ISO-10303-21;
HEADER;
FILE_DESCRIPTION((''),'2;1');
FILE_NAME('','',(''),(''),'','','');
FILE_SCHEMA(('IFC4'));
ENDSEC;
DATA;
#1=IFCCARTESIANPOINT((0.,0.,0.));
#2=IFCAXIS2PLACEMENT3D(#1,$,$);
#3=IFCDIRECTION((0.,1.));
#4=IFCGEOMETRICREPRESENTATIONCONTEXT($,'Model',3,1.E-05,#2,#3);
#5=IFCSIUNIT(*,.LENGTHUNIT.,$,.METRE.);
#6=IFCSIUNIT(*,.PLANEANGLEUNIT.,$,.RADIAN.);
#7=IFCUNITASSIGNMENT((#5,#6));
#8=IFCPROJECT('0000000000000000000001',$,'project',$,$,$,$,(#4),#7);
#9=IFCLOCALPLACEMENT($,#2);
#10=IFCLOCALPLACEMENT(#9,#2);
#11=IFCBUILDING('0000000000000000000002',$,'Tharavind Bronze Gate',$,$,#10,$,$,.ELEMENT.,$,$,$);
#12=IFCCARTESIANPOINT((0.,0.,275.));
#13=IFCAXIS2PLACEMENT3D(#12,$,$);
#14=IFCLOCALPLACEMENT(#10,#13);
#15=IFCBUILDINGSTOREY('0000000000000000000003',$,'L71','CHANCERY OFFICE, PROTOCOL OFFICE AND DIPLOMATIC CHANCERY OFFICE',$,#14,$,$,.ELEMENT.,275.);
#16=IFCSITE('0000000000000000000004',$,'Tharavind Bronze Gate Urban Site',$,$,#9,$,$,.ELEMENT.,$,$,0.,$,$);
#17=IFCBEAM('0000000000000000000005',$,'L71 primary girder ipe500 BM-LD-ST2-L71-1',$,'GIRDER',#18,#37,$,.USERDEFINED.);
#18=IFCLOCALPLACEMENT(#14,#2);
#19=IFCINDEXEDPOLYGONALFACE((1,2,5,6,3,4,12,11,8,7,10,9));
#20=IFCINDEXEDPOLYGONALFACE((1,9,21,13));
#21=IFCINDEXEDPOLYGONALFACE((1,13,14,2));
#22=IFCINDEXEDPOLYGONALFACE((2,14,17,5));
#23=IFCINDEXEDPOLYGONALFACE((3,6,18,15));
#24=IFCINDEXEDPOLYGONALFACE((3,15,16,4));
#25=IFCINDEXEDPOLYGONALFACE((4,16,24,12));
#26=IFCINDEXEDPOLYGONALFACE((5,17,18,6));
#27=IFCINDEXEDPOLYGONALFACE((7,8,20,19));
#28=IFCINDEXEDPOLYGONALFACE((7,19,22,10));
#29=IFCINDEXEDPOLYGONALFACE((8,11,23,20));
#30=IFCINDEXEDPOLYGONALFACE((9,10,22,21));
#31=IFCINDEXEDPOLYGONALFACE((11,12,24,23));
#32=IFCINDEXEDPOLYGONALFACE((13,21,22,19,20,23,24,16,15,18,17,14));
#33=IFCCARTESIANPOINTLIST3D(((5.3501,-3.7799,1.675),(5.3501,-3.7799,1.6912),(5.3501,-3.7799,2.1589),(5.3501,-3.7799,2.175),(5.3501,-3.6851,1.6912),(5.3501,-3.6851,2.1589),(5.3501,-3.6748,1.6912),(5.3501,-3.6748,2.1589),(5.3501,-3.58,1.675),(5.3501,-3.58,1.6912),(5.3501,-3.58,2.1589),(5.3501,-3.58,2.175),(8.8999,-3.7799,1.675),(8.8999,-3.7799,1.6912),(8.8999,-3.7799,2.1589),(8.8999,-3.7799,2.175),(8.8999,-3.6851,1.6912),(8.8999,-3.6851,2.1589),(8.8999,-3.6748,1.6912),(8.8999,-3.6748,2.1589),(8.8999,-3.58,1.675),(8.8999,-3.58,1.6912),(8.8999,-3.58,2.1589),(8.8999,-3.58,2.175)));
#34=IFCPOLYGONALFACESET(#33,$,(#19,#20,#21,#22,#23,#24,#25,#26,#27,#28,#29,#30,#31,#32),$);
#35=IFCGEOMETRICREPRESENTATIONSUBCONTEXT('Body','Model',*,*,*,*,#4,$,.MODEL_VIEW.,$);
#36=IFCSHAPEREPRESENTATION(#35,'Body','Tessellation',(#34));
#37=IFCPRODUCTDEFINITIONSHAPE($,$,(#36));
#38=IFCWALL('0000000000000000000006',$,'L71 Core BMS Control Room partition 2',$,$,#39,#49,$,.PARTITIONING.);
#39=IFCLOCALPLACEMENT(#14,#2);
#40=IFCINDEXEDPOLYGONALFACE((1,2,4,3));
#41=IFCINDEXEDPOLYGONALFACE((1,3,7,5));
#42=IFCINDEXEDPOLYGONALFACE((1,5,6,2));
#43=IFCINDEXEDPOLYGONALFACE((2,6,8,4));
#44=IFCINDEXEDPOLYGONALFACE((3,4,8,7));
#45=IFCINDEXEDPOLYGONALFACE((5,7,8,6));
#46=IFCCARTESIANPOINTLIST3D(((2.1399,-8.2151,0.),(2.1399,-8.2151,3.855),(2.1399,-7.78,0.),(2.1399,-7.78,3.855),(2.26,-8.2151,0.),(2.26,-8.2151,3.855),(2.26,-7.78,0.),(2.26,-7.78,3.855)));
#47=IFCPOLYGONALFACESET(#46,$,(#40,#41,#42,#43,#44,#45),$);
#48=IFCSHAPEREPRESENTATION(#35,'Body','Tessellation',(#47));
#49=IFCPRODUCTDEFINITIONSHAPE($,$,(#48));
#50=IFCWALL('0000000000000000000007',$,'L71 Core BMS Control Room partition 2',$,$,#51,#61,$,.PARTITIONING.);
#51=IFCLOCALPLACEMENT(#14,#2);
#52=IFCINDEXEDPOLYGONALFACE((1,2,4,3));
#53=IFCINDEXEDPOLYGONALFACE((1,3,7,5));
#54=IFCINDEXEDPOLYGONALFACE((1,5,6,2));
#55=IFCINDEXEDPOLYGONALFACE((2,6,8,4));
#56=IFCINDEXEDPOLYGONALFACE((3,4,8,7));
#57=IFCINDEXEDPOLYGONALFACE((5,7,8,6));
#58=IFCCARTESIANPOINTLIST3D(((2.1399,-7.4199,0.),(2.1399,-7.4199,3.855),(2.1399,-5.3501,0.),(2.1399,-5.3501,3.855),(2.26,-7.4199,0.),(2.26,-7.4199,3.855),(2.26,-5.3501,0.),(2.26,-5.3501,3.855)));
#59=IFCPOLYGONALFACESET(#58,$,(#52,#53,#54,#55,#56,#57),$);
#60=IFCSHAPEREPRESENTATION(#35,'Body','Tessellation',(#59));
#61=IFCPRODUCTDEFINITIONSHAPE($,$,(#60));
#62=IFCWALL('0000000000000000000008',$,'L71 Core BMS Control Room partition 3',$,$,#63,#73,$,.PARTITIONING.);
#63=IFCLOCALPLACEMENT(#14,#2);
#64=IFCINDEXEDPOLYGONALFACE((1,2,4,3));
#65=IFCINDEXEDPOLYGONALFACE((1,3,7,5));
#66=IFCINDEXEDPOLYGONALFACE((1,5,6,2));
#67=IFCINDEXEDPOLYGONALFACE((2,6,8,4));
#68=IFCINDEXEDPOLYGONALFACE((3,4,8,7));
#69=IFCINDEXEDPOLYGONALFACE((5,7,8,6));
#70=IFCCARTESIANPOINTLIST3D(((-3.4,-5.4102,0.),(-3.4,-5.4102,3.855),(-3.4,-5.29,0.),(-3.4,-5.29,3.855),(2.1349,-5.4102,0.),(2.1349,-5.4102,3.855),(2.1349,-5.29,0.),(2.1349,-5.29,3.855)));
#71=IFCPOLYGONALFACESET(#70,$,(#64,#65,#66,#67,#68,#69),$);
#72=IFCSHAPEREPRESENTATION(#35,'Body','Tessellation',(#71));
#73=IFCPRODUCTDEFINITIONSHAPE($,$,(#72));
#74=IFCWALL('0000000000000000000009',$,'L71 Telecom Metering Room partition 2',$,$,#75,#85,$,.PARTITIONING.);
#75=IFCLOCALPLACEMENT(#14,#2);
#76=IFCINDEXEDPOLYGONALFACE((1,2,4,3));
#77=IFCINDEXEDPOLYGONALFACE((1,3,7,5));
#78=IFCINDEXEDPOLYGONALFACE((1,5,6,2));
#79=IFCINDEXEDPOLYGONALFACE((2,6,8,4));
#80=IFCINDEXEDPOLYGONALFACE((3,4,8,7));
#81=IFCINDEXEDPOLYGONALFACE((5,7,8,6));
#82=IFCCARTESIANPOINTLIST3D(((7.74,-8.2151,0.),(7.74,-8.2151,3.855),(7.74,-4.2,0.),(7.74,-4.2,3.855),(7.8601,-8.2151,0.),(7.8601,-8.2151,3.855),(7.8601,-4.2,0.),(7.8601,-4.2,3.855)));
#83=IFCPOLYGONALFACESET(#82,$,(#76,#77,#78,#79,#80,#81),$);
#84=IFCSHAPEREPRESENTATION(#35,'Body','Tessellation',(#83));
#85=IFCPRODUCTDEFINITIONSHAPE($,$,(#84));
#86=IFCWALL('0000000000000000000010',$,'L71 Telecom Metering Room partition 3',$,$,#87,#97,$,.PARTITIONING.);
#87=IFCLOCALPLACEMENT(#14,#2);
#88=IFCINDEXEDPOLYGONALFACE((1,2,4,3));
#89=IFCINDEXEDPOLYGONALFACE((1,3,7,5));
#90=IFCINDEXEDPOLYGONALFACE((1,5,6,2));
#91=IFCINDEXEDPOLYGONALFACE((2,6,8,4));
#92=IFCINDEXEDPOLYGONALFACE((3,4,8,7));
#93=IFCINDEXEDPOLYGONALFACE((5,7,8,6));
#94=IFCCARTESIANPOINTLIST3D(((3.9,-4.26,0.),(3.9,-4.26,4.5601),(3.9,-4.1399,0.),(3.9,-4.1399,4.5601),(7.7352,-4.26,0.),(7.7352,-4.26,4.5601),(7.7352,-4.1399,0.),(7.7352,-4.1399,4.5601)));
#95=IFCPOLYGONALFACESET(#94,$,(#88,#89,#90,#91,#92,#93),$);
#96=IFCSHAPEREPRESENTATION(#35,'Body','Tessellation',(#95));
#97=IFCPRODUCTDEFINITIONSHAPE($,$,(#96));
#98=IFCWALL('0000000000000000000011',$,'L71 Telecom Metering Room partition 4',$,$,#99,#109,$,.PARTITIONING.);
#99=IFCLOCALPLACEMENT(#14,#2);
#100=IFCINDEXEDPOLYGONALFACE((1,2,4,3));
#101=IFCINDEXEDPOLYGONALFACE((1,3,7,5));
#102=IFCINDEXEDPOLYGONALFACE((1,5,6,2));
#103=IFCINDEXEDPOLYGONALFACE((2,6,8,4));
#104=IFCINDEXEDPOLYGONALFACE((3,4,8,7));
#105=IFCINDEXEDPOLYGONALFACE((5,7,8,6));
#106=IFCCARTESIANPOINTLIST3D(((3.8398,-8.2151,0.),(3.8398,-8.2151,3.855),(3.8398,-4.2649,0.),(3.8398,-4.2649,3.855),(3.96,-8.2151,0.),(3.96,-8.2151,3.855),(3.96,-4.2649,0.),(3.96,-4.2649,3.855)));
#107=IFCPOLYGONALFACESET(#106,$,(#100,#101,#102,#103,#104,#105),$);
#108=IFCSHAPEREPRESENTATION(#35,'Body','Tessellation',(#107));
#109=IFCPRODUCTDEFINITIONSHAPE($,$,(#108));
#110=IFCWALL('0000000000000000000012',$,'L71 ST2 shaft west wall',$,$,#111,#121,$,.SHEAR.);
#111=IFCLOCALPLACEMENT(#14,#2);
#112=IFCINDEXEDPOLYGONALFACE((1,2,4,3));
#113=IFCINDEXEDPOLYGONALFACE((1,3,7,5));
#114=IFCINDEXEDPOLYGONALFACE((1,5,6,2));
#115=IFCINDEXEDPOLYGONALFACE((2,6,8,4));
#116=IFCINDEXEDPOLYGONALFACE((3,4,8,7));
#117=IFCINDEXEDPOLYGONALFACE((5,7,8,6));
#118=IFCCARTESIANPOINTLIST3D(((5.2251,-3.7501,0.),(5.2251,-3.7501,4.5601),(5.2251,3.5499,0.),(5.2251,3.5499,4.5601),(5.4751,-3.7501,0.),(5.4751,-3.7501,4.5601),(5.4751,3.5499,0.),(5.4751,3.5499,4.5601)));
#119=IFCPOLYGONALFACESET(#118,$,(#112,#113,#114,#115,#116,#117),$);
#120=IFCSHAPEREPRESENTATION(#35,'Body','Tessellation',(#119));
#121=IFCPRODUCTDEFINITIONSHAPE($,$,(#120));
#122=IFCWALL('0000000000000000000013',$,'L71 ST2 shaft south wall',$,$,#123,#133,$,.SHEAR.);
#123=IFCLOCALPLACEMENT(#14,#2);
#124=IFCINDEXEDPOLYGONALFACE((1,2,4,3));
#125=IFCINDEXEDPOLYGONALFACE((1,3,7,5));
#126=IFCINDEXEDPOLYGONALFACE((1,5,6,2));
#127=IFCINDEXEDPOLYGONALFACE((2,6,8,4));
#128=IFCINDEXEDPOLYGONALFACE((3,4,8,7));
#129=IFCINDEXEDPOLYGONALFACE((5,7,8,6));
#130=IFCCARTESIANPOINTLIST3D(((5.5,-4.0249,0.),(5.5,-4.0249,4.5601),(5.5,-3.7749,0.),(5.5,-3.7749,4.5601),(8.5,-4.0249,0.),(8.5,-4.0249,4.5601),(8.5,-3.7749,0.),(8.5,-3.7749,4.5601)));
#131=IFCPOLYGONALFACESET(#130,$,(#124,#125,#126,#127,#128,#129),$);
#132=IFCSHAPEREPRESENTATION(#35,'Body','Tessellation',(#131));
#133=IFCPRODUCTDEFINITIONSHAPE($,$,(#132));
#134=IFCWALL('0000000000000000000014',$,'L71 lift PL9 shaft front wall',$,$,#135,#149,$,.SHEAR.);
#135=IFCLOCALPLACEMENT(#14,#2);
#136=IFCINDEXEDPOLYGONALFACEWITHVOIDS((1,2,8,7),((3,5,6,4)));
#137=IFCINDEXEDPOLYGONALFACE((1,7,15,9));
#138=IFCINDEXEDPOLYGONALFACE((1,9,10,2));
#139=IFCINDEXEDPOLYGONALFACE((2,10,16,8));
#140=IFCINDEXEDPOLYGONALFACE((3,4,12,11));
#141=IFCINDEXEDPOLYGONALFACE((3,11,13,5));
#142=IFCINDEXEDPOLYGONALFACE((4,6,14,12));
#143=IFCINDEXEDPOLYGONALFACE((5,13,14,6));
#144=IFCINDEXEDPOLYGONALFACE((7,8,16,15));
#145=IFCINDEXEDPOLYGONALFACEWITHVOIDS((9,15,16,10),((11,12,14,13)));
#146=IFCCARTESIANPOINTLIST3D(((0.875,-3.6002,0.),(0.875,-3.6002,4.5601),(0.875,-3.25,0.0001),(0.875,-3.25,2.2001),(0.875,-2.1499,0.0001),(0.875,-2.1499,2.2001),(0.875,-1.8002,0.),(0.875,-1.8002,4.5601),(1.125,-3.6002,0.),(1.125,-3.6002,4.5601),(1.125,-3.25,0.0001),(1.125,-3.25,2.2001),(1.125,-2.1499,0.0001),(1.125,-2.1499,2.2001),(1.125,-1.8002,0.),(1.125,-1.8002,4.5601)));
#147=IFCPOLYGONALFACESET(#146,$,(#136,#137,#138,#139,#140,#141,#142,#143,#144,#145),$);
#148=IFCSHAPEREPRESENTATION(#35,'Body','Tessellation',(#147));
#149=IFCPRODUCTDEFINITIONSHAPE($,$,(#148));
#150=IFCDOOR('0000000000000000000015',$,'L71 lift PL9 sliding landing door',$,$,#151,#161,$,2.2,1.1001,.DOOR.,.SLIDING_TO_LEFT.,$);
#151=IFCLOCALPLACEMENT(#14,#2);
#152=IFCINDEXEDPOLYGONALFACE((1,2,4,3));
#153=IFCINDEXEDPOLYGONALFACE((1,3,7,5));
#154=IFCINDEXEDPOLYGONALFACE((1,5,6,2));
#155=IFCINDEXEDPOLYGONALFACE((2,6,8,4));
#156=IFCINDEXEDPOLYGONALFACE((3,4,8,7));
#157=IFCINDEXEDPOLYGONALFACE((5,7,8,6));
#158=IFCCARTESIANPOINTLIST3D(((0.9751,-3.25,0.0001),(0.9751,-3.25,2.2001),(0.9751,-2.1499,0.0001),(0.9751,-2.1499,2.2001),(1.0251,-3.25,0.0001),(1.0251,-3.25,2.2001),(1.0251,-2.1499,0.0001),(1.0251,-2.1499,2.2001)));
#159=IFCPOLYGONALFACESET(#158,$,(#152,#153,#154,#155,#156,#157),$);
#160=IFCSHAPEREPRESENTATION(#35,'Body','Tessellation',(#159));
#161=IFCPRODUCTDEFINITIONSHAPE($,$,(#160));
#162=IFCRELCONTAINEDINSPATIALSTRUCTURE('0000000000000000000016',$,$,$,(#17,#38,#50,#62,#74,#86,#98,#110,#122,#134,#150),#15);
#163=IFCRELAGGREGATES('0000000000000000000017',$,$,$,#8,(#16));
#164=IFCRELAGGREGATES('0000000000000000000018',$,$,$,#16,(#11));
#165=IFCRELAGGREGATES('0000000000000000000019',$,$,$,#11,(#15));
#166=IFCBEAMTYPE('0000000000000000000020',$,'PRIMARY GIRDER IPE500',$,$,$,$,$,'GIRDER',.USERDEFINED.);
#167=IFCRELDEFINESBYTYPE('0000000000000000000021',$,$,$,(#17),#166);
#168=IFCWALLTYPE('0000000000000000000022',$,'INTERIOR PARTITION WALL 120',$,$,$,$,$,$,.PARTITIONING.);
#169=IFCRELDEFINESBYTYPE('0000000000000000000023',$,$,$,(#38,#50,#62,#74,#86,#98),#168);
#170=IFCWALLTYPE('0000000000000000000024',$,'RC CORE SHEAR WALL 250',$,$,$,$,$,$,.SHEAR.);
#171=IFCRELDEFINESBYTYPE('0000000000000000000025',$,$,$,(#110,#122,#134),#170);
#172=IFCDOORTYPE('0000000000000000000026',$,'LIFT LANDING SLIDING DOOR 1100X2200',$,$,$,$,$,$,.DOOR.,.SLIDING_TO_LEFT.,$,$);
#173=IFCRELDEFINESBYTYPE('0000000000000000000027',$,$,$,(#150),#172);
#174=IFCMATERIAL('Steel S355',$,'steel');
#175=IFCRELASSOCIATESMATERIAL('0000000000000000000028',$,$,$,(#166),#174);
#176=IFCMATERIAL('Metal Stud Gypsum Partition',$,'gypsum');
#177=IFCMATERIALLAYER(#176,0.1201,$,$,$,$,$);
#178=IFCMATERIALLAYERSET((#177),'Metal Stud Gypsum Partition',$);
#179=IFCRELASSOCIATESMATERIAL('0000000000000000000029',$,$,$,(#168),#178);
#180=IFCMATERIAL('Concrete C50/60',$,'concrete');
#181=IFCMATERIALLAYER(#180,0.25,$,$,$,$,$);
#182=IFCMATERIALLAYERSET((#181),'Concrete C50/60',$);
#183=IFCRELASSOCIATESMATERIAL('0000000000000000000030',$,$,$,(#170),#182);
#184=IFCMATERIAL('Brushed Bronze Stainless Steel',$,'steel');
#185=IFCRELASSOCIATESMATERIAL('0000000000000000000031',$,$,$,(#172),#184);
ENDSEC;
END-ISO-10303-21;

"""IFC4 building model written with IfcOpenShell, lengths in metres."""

from ifc_helpers import new_model, si_unit, direction, frame, frame_2d, origin, origin_2d, place, context, subcontext, project, spatial, rectangle, i_section, extrude, material, layer, layer_set, material_profile, profile_set, type_object, element, fill, save


model = new_model("IFC4")

# Units and contexts
model_context = context("Model", 3, precision=1e-05, world=origin(), true_north=direction((0.0, 1.0)))
body_context = subcontext(model_context, "Body", "Model", "MODEL_VIEW")
ifc_project = project(units=[si_unit("LENGTHUNIT", "METRE"), si_unit("PLANEANGLEUNIT", "RADIAN")], contexts=[model_context])

# Site, building, storey
site_placement = place(None, origin())
site = spatial("IfcSite", under=ifc_project, at=site_placement, Name="Tharavind Bronze Gate Urban Site", CompositionType="ELEMENT", RefElevation=0.0)
building_placement = place(site_placement, origin())
building = spatial("IfcBuilding", under=site, at=building_placement, Name="Tharavind Bronze Gate", CompositionType="ELEMENT")
storey_placement = place(building_placement, frame((0.0, 0.0, 275.0)))
storey = spatial("IfcBuildingStorey", under=building, at=storey_placement, Name="L71", Description="CHANCERY OFFICE, PROTOCOL OFFICE AND DIPLOMATIC CHANCERY OFFICE", CompositionType="ELEMENT", Elevation=275.0)

# Beam
ifc_material_1 = material(Name="Steel S355", Category="steel")
ifc_material_profile = material_profile(ifc_material_1, i_section(OverallWidth=0.2, OverallDepth=0.5, WebThickness=0.0103, FlangeThickness=0.0161, at=origin_2d()), Name="IPE500")
ifc_profile_set = profile_set([ifc_material_profile], Name="Steel S355")
beam_type = type_object("IfcBeamType", Name="PRIMARY GIRDER IPE500", ElementType="GIRDER", PredefinedType="USERDEFINED", material=ifc_profile_set)
beam_placement = place(storey_placement, frame((5.3501, -3.6799, 1.925), z_axis=(1.0, 0.0, 0.0), x_axis=(0.0, 1.0, 0.0)))
element("IfcBeam", 1, at=beam_placement, inside=storey, type_object=beam_type, Name="L71 primary girder ipe500 BM-LD-ST2-L71-1", ObjectType="GIRDER", PredefinedType="USERDEFINED", context=body_context, shape_type="SweptSolid", body=[
    extrude(i_section(OverallWidth=0.2, OverallDepth=0.5, WebThickness=0.0103, FlangeThickness=0.0161, at=origin_2d()), origin(), (0.0, 0.0, 1.0), 3.5498),
])

# Walls
ifc_material_2 = material(Name="Metal Stud Gypsum Partition", Category="gypsum")
ifc_layer_1 = layer(ifc_material_2, 0.1201)
ifc_layer_set_1 = layer_set([ifc_layer_1], Name="Metal Stud Gypsum Partition")
wall_type_1 = type_object("IfcWallType", Name="INTERIOR PARTITION WALL 120", PredefinedType="PARTITIONING", material=ifc_layer_set_1)
wall_1_placement = place(storey_placement, frame((2.2, -8.2151, 0.0), z_axis=(0.0, 0.0, 1.0), x_axis=(0.0, 1.0, 0.0)))
element("IfcWall", 2, at=wall_1_placement, inside=storey, type_object=wall_type_1, Name="L71 Core BMS Control Room partition 2", PredefinedType="PARTITIONING", context=body_context, shape_type="SweptSolid", body=[
    extrude(rectangle(XDim=0.4351, YDim=0.1201, at=frame_2d((0.2175, 0.0))), origin(), (0.0, 0.0, 1.0), 3.855),
])
wall_2_placement = place(storey_placement, frame((2.2, -7.4199, 0.0), z_axis=(0.0, 0.0, 1.0), x_axis=(0.0, 1.0, 0.0)))
element("IfcWall", 3, at=wall_2_placement, inside=storey, type_object=wall_type_1, Name="L71 Core BMS Control Room partition 2", PredefinedType="PARTITIONING", context=body_context, shape_type="SweptSolid", body=[
    extrude(rectangle(XDim=2.0698, YDim=0.1201, at=frame_2d((1.0349, 0.0))), origin(), (0.0, 0.0, 1.0), 3.855),
])
wall_3_placement = place(storey_placement, frame((2.135, -5.3501, 0.0), z_axis=(0.0, 0.0, 1.0), x_axis=(-1.0, 0.0, 0.0)))
element("IfcWall", 4, at=wall_3_placement, inside=storey, type_object=wall_type_1, Name="L71 Core BMS Control Room partition 3", PredefinedType="PARTITIONING", context=body_context, shape_type="SweptSolid", body=[
    extrude(rectangle(XDim=5.5349, YDim=0.1201, at=frame_2d((2.7676, 0.0))), origin(), (0.0, 0.0, 1.0), 3.855),
])
wall_4_placement = place(storey_placement, frame((7.8, -8.2151, 0.0), z_axis=(0.0, 0.0, 1.0), x_axis=(0.0, 1.0, 0.0)))
element("IfcWall", 5, at=wall_4_placement, inside=storey, type_object=wall_type_1, Name="L71 Telecom Metering Room partition 2", PredefinedType="PARTITIONING", context=body_context, shape_type="SweptSolid", body=[
    extrude(rectangle(XDim=4.0151, YDim=0.1201, at=frame_2d((2.0076, 0.0))), origin(), (0.0, 0.0, 1.0), 3.855),
])
wall_5_placement = place(storey_placement, frame((7.7351, -4.2, 0.0), z_axis=(0.0, 0.0, 1.0), x_axis=(-1.0, 0.0, 0.0)))
element("IfcWall", 6, at=wall_5_placement, inside=storey, type_object=wall_type_1, Name="L71 Telecom Metering Room partition 3", PredefinedType="PARTITIONING", context=body_context, shape_type="SweptSolid", body=[
    extrude(rectangle(XDim=3.8352, YDim=0.1201, at=frame_2d((1.9175, 0.0))), origin(), (0.0, 0.0, 1.0), 4.5601),
])
wall_6_placement = place(storey_placement, frame((3.8999, -4.2649, 0.0), z_axis=(0.0, 0.0, 1.0), x_axis=(0.0, -1.0, 0.0)))
element("IfcWall", 7, at=wall_6_placement, inside=storey, type_object=wall_type_1, Name="L71 Telecom Metering Room partition 4", PredefinedType="PARTITIONING", context=body_context, shape_type="SweptSolid", body=[
    extrude(rectangle(XDim=3.9502, YDim=0.1201, at=frame_2d((1.9751, 0.0))), origin(), (0.0, 0.0, 1.0), 3.855),
])
ifc_material_3 = material(Name="Concrete C50/60", Category="concrete")
ifc_layer_2 = layer(ifc_material_3, 0.25)
ifc_layer_set_2 = layer_set([ifc_layer_2], Name="Concrete C50/60")
wall_type_2 = type_object("IfcWallType", Name="RC CORE SHEAR WALL 250", PredefinedType="SHEAR", material=ifc_layer_set_2)
wall_7_placement = place(storey_placement, frame((5.3501, -3.75, 0.0), z_axis=(0.0, 0.0, 1.0), x_axis=(0.0, 1.0, 0.0)))
element("IfcWall", 8, at=wall_7_placement, inside=storey, type_object=wall_type_2, Name="L71 ST2 shaft west wall", PredefinedType="SHEAR", context=body_context, shape_type="SweptSolid", body=[
    extrude(rectangle(XDim=7.3, YDim=0.25, at=frame_2d((3.6499, 0.0))), origin(), (0.0, 0.0, 1.0), 4.5601),
])
wall_8_placement = place(storey_placement, frame((5.5, -3.8999, 0.0), z_axis=(0.0, 0.0, 1.0), x_axis=(1.0, 0.0, 0.0)))
element("IfcWall", 9, at=wall_8_placement, inside=storey, type_object=wall_type_2, Name="L71 ST2 shaft south wall", PredefinedType="SHEAR", context=body_context, shape_type="SweptSolid", body=[
    extrude(rectangle(XDim=3.0, YDim=0.25, at=frame_2d((1.5, 0.0))), origin(), (0.0, 0.0, 1.0), 4.5601),
])

# Wall, opening, door
wall_9_placement = place(storey_placement, frame((1.0, -3.6001, 0.0), z_axis=(0.0, 0.0, 1.0), x_axis=(0.0, 1.0, 0.0)))
wall_9 = element("IfcWall", 10, at=wall_9_placement, inside=storey, type_object=wall_type_2, Name="L71 lift PL9 shaft front wall", PredefinedType="SHEAR", context=body_context, shape_type="SweptSolid", body=[
    extrude(rectangle(XDim=1.8, YDim=0.25, at=frame_2d((0.8999, 0.0))), origin(), (0.0, 0.0, 1.0), 4.5601),
])
opening_1_placement = place(wall_9_placement, frame((0.3501, 0.0, 0.0)))
opening_1 = element("IfcOpeningElement", 11, at=opening_1_placement, cuts=wall_9, PredefinedType="OPENING", context=body_context, shape_type="SweptSolid", body=[
    extrude(rectangle(XDim=1.1001, YDim=2.2, at=frame_2d((0.55, 1.1001))), frame((0.0, 0.135, 0.0), z_axis=(0.0, -1.0, 0.0), x_axis=(1.0, 0.0, 0.0)), (0.0, 0.0, 1.0), 0.27),
])
ifc_material_4 = material(Name="Brushed Bronze Stainless Steel", Category="steel")
door_type = type_object("IfcDoorType", Name="LIFT LANDING SLIDING DOOR 1100X2200", OperationType="SLIDING_TO_LEFT", PredefinedType="DOOR", material=ifc_material_4)
door_1_placement = place(opening_1_placement, origin())
door_1 = element("IfcDoor", 12, at=door_1_placement, inside=storey, type_object=door_type, Name="L71 lift PL9 sliding landing door", OperationType="SLIDING_TO_LEFT", OverallHeight=2.2, OverallWidth=1.1001, PredefinedType="DOOR", context=body_context, shape_type="SweptSolid", body=[
    extrude(rectangle(XDim=1.1001, YDim=2.2, at=frame_2d((0.55, 1.1001))), frame((0.0, 0.0249, 0.0), z_axis=(0.0, -1.0, 0.0), x_axis=(1.0, 0.0, 0.0)), (0.0, 0.0, 1.0), 0.05),
])
fill(opening_1, door_1)

save(model, "model.ifc")
